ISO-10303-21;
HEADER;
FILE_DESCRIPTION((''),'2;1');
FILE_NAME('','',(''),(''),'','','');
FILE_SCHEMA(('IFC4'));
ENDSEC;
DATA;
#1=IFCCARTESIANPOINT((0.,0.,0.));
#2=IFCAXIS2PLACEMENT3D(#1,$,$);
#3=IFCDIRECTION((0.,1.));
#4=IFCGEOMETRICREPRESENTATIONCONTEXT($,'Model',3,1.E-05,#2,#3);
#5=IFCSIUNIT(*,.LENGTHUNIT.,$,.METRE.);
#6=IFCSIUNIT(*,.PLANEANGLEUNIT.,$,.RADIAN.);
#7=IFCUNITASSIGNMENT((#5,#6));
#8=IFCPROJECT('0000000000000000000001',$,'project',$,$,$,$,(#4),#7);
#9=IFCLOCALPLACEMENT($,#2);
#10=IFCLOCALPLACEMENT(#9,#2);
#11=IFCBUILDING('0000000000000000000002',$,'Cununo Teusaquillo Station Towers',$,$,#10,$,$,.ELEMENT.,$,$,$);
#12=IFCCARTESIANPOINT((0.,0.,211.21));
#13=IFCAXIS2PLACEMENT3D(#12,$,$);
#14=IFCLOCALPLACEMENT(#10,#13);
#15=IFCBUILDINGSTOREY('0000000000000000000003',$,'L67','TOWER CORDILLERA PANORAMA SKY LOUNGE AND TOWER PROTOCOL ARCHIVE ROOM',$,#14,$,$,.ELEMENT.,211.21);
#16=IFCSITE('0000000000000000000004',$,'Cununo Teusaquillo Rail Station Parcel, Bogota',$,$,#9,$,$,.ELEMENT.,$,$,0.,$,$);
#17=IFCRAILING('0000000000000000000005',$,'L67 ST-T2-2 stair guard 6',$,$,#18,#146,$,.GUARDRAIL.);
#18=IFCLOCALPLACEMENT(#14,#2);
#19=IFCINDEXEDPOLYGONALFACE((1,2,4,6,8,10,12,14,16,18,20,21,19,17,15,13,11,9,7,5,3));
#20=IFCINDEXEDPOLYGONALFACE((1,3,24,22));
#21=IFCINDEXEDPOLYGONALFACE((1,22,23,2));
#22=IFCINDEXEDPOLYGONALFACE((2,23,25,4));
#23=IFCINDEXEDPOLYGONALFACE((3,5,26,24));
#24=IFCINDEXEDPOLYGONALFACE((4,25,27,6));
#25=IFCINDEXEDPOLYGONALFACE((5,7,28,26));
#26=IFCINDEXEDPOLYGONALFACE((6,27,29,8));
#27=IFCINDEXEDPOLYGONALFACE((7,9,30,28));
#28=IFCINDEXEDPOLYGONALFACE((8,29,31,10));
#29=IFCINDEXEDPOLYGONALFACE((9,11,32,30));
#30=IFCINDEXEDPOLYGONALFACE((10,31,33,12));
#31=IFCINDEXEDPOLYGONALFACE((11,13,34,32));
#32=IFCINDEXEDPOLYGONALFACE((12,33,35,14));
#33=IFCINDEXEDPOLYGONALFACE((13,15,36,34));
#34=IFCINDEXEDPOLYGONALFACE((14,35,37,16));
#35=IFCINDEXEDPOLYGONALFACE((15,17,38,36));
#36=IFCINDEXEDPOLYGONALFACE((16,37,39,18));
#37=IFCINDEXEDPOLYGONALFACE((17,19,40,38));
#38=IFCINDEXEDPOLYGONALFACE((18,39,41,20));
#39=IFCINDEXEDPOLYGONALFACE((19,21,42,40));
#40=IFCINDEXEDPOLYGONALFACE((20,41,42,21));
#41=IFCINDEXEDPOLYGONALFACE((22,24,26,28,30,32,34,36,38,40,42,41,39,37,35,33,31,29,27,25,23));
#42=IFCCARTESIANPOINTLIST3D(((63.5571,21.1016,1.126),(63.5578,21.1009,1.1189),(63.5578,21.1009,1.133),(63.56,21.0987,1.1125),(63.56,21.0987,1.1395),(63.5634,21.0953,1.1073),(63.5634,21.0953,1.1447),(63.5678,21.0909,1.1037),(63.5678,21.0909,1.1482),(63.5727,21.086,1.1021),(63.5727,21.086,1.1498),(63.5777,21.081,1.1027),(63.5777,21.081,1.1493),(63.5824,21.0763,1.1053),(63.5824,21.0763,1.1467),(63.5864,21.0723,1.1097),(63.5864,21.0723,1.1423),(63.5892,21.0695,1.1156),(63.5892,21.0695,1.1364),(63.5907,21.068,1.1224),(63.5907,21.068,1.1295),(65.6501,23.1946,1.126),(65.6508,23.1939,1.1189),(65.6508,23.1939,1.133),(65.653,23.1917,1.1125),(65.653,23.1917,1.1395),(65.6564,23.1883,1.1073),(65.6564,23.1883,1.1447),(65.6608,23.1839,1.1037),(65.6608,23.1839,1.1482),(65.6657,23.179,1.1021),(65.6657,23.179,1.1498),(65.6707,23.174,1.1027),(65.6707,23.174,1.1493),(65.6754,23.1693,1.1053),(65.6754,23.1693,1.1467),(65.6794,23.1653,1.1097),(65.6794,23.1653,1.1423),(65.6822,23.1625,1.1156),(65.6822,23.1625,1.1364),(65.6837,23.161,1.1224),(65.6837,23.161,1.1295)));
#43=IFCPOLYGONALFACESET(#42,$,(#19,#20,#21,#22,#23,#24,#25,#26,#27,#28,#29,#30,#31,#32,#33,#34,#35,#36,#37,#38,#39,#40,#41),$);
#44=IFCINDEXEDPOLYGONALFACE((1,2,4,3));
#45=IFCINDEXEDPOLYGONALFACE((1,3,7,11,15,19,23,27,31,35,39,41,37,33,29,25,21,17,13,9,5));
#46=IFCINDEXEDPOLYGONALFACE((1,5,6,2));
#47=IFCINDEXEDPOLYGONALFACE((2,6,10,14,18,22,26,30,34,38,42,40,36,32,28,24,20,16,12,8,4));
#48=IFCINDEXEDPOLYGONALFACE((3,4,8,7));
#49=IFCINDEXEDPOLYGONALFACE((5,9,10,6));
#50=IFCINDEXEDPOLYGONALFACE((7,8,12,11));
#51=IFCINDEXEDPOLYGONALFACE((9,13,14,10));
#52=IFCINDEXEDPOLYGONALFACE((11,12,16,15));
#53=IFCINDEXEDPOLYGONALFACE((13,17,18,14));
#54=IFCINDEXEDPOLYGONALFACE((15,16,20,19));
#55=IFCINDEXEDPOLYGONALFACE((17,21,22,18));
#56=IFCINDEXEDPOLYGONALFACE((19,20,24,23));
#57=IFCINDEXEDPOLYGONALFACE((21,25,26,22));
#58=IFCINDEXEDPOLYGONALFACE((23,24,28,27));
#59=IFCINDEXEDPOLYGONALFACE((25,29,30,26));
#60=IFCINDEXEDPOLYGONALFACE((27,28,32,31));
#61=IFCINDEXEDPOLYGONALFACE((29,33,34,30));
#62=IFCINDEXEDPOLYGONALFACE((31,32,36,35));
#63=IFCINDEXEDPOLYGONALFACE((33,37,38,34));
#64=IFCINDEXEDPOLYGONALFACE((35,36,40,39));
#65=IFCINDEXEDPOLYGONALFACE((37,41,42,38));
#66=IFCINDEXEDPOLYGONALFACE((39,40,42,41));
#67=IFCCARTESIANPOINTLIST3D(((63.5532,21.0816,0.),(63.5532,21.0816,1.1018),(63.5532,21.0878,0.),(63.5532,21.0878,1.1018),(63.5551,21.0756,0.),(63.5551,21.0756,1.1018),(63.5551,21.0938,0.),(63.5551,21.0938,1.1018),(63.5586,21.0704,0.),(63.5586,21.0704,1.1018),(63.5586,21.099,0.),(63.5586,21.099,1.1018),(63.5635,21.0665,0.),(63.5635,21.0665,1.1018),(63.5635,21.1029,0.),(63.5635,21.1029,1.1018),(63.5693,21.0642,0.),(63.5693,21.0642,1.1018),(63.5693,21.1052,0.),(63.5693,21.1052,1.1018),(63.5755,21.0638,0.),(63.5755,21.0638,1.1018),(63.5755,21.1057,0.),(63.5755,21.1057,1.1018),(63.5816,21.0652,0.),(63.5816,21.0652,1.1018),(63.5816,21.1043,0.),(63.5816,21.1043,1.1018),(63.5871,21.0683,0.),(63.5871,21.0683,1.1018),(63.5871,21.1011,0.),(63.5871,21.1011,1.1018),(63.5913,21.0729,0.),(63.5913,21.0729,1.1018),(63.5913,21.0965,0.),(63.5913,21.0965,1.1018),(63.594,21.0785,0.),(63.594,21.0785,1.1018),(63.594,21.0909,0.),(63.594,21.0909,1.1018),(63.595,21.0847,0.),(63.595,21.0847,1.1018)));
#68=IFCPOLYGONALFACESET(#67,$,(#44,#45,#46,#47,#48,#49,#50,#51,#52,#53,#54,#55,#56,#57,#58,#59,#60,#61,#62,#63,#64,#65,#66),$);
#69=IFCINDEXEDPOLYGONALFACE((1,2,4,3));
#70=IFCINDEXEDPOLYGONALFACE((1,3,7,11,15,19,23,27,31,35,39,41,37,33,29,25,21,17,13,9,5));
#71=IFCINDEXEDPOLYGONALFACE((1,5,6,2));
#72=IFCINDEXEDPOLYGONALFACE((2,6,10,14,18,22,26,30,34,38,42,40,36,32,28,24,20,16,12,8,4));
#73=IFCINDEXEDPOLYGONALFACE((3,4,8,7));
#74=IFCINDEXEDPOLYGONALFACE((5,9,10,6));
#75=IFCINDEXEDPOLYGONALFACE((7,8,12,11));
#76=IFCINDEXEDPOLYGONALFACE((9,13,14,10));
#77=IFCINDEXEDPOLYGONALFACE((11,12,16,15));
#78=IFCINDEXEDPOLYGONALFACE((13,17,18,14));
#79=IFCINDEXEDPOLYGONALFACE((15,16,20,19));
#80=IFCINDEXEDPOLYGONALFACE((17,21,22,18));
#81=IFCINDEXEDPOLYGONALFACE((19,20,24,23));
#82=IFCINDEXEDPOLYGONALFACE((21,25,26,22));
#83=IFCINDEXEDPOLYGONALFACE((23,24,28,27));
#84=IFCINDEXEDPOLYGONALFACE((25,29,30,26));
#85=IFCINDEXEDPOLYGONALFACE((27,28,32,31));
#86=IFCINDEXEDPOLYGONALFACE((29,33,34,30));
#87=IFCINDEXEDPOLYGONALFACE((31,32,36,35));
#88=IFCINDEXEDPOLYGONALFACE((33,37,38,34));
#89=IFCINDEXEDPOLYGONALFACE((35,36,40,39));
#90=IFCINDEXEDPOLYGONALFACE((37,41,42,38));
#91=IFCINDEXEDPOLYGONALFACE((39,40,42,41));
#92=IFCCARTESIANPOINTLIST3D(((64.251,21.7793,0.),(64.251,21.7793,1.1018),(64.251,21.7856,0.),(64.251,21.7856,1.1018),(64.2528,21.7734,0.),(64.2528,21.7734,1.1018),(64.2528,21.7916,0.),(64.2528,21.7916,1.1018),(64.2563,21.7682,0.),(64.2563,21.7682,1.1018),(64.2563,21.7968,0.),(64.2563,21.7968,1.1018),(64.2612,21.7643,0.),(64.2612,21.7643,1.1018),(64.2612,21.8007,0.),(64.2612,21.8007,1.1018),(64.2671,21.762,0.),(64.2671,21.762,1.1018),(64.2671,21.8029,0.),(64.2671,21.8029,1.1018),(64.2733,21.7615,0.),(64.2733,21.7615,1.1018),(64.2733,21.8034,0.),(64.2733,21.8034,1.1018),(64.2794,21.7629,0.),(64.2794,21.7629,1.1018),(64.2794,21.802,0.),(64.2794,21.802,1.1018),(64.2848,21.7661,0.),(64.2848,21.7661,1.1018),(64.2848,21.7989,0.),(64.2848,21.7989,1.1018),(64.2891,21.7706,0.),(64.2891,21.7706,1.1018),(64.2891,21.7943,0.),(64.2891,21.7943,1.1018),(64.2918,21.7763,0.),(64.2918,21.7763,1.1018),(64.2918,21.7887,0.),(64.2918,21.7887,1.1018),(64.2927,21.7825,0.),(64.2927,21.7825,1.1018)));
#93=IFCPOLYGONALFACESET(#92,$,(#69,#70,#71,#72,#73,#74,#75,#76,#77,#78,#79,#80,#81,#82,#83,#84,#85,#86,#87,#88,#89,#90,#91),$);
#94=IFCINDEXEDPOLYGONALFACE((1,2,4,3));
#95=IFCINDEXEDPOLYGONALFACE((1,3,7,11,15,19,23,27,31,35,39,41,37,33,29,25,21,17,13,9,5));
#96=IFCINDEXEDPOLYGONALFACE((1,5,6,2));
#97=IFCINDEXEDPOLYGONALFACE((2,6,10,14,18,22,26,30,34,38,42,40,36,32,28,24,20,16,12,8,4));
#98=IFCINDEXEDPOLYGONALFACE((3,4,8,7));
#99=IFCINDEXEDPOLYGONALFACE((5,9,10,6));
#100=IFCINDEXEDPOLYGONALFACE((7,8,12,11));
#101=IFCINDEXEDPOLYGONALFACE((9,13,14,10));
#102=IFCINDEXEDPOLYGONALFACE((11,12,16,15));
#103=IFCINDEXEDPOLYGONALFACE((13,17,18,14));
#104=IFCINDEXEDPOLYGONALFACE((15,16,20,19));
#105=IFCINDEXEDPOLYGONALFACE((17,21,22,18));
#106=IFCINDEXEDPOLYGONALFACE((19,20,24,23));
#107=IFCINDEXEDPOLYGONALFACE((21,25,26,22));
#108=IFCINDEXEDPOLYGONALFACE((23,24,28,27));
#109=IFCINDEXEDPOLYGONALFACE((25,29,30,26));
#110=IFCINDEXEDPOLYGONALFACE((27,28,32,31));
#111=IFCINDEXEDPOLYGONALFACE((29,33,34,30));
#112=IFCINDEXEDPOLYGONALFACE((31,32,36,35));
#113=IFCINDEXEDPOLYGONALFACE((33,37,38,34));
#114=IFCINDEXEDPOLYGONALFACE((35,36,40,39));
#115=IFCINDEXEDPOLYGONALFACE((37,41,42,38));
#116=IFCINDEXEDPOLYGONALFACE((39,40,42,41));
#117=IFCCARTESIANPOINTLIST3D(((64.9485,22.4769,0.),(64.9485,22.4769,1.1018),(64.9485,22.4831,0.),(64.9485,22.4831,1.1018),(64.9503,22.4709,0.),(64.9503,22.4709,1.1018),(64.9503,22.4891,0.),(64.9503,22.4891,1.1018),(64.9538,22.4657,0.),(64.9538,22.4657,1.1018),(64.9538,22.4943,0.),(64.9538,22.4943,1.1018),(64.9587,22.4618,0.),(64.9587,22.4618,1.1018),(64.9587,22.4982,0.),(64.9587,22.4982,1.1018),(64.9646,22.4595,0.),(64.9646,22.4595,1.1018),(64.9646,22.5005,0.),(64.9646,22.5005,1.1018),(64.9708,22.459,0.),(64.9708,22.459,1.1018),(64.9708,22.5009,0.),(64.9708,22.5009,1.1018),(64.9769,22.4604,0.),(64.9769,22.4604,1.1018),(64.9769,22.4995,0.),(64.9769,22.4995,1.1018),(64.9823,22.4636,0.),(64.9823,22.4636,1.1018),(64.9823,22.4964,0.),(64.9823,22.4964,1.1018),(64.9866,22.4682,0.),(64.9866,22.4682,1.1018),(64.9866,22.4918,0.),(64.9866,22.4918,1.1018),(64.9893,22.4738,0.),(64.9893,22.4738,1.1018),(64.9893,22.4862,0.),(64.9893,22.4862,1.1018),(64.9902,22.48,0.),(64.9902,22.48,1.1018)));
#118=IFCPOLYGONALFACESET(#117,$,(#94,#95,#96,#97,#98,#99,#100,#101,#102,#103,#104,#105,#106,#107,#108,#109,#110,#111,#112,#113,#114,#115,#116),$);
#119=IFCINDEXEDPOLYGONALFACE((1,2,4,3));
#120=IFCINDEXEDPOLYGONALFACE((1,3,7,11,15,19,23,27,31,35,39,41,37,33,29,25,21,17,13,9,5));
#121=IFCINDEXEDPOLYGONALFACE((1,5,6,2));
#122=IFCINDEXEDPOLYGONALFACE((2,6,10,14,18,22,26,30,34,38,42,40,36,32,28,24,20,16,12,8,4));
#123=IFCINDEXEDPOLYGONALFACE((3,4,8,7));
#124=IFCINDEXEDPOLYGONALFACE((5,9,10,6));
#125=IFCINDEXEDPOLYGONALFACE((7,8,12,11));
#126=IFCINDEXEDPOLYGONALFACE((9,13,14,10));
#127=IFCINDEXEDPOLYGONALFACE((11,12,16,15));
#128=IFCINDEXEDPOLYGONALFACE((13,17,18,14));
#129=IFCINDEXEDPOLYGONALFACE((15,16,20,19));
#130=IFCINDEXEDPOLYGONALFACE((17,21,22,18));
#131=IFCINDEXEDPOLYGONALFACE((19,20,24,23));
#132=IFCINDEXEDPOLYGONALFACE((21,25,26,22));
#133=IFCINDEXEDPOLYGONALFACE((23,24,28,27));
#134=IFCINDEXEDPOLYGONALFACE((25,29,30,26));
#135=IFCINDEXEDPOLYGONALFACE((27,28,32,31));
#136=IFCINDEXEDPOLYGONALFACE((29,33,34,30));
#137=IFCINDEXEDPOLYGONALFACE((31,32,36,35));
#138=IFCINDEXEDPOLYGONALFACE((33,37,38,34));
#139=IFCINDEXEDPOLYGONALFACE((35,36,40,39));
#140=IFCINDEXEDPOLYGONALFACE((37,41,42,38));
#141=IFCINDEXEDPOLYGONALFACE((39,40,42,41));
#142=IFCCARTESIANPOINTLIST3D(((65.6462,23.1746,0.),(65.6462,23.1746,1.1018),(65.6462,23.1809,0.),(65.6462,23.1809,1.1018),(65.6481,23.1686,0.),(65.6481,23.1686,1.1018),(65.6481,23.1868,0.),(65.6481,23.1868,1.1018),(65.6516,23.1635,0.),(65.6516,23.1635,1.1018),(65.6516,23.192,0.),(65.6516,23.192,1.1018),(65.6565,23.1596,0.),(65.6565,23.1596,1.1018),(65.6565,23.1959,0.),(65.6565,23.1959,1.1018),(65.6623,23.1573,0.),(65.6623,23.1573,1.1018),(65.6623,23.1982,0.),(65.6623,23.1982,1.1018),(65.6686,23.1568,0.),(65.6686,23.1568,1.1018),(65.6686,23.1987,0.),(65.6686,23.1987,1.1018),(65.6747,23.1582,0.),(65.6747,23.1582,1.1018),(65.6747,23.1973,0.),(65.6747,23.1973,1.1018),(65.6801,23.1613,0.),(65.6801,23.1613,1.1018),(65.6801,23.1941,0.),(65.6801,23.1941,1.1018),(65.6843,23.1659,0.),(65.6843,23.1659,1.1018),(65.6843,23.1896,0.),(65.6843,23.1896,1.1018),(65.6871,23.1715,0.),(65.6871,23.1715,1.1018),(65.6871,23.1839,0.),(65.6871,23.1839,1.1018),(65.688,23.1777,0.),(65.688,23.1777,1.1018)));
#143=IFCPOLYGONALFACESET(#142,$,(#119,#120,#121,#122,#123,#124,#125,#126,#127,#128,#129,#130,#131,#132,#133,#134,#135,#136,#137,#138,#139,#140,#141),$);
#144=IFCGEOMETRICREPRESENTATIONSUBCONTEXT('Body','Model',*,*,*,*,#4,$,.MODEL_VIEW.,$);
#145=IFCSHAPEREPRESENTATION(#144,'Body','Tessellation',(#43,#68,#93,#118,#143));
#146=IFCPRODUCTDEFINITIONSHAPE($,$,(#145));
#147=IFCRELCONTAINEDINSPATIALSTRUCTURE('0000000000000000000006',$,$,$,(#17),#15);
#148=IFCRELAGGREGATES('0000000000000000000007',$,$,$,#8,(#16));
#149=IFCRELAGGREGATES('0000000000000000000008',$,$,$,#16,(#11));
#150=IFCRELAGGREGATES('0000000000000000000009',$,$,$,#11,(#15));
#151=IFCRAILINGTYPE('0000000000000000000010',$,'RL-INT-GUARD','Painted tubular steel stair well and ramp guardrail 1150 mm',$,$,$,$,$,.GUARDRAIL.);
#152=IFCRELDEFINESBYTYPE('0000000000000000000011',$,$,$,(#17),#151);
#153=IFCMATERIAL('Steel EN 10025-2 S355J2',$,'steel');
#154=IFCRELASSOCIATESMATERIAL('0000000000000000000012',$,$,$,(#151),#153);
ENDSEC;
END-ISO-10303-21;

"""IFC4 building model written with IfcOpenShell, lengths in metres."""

from ifc_helpers import new_model, si_unit, direction, frame, origin, origin_2d, place, context, subcontext, project, spatial, circle, extrude, material, type_object, element, save


model = new_model("IFC4")

# Units and contexts
model_context = context("Model", 3, precision=1e-05, world=origin(), true_north=direction((0.0, 1.0)))
body_context = subcontext(model_context, "Body", "Model", "MODEL_VIEW")
ifc_project = project(units=[si_unit("LENGTHUNIT", "METRE"), si_unit("PLANEANGLEUNIT", "RADIAN")], contexts=[model_context])

# Site, building, storey
site_placement = place(None, origin())
site = spatial("IfcSite", under=ifc_project, at=site_placement, Name="Cununo Teusaquillo Rail Station Parcel, Bogota", CompositionType="ELEMENT", RefElevation=0.0)
building_placement = place(site_placement, origin())
building = spatial("IfcBuilding", under=site, at=building_placement, Name="Cununo Teusaquillo Station Towers", CompositionType="ELEMENT")
storey_placement = place(building_placement, frame((0.0, 0.0, 211.21)))
storey = spatial("IfcBuildingStorey", under=building, at=storey_placement, Name="L67", Description="TOWER CORDILLERA PANORAMA SKY LOUNGE AND TOWER PROTOCOL ARCHIVE ROOM", CompositionType="ELEMENT", Elevation=211.21)

# Railing
ifc_material_1 = material(Name="Steel EN 10025-2 S355J2", Category="steel")
railing_type = type_object("IfcRailingType", Name="RL-INT-GUARD", Description="Painted tubular steel stair well and ramp guardrail 1150 mm", PredefinedType="GUARDRAIL", material=ifc_material_1)
railing_1_placement = place(storey_placement, frame((63.574, 21.0847, 0.0)))
element("IfcRailing", 1, at=railing_1_placement, inside=storey, type_object=railing_type, Name="L67 ST-T2-2 stair guard 6", PredefinedType="GUARDRAIL", context=body_context, shape_type="SweptSolid", body=[
    extrude(circle(Radius=0.0239, at=origin_2d()), frame((0.0, 0.0, 1.126), z_axis=(0.707107, 0.707107, 0.0), x_axis=(-0.707107, 0.707107, 0.0)), (0.0, 0.0, 1.0), 2.96),
    extrude(circle(Radius=0.021, at=origin_2d()), origin(), (0.0, 0.0, 1.0), 1.1018),
    extrude(circle(Radius=0.021, at=origin_2d()), frame((0.6978, 0.6978, 0.0)), (0.0, 0.0, 1.0), 1.1018),
    extrude(circle(Radius=0.021, at=origin_2d()), frame((1.3953, 1.3953, 0.0)), (0.0, 0.0, 1.0), 1.1018),
    extrude(circle(Radius=0.021, at=origin_2d()), frame((2.093, 2.093, 0.0)), (0.0, 0.0, 1.0), 1.1018),
])

save(model, "model.ifc")
